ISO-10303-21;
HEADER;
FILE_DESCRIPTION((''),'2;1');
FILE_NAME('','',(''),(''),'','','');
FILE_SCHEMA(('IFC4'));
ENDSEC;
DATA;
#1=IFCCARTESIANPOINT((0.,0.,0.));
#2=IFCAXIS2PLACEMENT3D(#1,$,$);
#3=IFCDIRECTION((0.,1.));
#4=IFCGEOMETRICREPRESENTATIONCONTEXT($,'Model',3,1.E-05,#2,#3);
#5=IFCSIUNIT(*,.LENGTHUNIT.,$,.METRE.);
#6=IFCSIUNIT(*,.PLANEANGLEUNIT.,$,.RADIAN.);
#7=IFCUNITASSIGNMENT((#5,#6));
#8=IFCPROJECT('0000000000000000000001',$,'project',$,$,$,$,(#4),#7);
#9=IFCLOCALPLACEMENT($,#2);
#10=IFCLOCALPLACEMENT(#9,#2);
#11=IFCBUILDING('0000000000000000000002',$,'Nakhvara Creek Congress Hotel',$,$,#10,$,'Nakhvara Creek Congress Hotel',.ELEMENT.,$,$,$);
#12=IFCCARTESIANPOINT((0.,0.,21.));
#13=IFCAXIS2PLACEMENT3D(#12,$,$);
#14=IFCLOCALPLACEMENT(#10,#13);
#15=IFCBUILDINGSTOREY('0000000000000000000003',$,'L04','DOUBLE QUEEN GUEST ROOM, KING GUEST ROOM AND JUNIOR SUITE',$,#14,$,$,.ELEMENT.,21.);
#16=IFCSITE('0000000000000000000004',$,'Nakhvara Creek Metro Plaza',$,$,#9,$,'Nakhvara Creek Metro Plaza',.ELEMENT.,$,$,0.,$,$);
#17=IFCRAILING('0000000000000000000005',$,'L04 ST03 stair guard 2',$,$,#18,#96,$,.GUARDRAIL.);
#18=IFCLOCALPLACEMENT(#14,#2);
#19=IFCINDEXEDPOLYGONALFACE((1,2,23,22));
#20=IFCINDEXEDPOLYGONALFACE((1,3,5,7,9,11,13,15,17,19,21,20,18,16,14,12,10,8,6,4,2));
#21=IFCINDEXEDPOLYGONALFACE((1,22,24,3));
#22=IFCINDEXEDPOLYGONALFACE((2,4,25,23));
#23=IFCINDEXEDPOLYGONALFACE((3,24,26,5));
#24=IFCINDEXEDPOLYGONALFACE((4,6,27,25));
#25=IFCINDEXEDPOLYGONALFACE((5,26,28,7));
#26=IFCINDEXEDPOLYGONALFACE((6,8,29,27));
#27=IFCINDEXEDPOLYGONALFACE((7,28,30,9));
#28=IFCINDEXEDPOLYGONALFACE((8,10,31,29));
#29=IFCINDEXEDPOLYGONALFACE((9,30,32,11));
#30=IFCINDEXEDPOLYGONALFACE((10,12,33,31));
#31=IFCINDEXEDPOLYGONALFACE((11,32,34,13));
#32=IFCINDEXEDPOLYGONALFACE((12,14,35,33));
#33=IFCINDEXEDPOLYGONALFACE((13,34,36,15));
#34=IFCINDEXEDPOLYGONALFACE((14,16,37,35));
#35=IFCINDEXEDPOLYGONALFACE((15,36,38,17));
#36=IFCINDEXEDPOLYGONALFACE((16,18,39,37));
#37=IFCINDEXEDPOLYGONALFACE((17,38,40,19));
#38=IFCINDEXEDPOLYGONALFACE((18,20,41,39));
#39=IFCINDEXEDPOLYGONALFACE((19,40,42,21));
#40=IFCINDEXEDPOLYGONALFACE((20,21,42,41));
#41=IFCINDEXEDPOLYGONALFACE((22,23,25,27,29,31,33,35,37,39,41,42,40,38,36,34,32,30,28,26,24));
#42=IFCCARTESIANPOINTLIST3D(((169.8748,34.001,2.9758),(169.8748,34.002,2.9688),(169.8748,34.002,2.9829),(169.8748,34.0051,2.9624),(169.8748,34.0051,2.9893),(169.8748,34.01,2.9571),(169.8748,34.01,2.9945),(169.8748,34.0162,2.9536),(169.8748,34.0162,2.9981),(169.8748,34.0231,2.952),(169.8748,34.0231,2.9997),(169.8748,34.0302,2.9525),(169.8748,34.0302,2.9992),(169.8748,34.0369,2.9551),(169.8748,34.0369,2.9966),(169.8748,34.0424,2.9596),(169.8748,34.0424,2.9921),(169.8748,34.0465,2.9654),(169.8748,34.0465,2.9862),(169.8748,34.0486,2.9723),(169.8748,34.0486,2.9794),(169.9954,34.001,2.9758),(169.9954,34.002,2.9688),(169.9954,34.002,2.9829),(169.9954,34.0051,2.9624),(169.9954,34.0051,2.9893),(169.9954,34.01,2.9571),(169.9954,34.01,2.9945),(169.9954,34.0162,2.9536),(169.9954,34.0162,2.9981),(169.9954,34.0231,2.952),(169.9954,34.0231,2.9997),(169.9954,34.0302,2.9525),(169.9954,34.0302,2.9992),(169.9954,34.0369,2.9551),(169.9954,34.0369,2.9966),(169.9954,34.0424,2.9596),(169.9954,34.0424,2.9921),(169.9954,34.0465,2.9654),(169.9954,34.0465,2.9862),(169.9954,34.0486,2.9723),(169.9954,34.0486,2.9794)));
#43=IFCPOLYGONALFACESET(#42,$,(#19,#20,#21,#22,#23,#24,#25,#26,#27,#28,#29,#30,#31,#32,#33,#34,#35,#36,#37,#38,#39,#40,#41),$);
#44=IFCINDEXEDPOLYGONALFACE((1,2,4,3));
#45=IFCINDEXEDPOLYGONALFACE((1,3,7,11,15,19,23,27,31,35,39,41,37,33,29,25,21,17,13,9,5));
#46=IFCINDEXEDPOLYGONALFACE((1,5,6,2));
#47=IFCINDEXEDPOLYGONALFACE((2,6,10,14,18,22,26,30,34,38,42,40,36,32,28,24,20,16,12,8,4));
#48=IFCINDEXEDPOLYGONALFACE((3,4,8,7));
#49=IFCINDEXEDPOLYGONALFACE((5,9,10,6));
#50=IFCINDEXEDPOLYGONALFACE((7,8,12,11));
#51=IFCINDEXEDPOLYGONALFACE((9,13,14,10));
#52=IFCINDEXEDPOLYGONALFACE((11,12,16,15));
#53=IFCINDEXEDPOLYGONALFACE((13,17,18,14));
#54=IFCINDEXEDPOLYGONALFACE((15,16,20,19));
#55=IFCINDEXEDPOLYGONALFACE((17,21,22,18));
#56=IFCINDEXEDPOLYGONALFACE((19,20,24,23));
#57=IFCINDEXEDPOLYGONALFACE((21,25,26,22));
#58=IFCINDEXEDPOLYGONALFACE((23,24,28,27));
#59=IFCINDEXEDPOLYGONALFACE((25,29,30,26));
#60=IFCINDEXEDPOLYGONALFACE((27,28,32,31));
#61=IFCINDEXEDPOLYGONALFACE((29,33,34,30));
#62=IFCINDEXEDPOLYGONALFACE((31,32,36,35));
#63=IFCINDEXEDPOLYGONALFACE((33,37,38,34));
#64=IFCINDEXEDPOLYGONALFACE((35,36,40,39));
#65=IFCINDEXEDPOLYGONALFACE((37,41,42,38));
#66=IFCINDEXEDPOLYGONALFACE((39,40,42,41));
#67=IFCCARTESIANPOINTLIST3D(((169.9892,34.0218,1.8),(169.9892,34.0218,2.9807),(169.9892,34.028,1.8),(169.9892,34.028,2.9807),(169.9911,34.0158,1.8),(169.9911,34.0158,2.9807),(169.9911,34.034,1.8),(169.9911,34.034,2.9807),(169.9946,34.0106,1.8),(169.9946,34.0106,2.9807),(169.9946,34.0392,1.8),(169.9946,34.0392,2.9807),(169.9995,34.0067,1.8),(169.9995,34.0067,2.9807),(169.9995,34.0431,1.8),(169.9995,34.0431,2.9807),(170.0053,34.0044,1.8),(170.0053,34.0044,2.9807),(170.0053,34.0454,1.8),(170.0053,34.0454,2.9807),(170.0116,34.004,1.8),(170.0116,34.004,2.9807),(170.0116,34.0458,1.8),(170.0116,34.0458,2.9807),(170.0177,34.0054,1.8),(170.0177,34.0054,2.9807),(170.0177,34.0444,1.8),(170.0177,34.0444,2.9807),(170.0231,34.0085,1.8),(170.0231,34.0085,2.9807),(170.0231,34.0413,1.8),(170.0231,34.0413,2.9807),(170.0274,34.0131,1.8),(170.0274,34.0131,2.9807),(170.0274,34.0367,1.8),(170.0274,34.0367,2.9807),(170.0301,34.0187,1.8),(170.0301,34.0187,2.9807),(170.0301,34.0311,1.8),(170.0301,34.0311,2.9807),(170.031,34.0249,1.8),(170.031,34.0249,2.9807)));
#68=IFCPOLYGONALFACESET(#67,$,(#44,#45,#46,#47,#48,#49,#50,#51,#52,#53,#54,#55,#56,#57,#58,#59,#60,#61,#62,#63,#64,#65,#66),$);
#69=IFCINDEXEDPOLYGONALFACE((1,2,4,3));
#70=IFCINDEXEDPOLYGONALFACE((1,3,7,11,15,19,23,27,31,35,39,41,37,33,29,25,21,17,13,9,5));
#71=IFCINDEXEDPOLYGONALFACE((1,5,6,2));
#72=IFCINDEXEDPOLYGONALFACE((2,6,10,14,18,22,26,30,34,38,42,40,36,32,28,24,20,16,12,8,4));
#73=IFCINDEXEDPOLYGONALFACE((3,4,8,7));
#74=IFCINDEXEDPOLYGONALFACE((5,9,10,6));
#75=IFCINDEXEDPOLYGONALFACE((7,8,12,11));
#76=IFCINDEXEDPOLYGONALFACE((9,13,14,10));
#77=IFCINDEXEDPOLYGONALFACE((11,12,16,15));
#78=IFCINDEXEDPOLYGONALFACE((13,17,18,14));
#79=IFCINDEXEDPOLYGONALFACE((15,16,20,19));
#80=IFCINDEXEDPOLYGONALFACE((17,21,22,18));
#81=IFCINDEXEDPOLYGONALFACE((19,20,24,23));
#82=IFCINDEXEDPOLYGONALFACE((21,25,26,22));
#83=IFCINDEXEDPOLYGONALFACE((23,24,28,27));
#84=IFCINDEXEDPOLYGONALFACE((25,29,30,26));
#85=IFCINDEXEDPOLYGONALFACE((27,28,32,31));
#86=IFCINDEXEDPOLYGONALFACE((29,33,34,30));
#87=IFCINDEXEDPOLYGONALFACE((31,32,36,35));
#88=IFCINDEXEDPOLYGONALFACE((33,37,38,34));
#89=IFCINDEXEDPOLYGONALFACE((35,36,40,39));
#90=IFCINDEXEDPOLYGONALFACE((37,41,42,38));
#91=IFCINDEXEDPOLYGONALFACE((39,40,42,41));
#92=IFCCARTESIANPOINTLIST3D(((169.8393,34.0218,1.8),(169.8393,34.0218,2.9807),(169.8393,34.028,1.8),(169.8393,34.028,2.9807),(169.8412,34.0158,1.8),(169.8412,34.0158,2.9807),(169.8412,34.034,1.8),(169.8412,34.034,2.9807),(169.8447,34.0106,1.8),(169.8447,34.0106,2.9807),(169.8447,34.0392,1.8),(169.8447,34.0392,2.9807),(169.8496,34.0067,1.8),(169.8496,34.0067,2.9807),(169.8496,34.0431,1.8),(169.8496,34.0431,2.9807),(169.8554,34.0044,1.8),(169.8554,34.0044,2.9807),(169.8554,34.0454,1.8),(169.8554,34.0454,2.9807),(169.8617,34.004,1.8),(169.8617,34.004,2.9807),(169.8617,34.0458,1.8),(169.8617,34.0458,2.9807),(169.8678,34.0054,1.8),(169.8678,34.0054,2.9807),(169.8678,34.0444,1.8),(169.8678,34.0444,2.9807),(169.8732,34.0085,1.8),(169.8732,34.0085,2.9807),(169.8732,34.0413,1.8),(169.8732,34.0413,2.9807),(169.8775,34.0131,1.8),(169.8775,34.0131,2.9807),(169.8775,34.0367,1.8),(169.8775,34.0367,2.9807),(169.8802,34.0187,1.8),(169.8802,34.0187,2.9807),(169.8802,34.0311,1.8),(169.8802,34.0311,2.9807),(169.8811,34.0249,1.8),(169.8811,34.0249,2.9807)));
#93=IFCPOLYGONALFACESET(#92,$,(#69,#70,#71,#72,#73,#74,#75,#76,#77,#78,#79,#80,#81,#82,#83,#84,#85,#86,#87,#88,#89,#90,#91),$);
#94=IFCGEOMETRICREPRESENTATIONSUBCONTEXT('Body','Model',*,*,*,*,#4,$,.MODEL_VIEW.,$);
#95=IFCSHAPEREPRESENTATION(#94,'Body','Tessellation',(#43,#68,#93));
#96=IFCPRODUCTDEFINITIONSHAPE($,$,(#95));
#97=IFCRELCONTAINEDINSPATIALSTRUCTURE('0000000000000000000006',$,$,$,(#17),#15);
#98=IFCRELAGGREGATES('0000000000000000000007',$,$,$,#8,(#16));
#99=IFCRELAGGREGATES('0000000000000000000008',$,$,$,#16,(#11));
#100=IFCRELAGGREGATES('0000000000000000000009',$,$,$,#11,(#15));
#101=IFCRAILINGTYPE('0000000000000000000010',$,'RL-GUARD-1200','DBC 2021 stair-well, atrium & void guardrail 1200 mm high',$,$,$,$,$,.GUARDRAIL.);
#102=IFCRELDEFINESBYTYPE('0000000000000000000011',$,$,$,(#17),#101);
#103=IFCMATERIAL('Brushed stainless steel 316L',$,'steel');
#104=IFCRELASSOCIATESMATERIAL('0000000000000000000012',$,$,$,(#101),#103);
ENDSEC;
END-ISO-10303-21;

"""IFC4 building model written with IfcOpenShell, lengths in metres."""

from ifc_helpers import new_model, si_unit, direction, frame, origin, origin_2d, place, context, subcontext, project, spatial, circle, extrude, material, type_object, element, save


model = new_model("IFC4")

# Units and contexts
model_context = context("Model", 3, precision=1e-05, world=origin(), true_north=direction((0.0, 1.0)))
body_context = subcontext(model_context, "Body", "Model", "MODEL_VIEW")
ifc_project = project(units=[si_unit("LENGTHUNIT", "METRE"), si_unit("PLANEANGLEUNIT", "RADIAN")], contexts=[model_context])

# Site, building, storey
site_placement = place(None, origin())
site = spatial("IfcSite", under=ifc_project, at=site_placement, Name="Nakhvara Creek Metro Plaza", LongName="Nakhvara Creek Metro Plaza", CompositionType="ELEMENT", RefElevation=0.0)
building_placement = place(site_placement, origin())
building = spatial("IfcBuilding", under=site, at=building_placement, Name="Nakhvara Creek Congress Hotel", LongName="Nakhvara Creek Congress Hotel", CompositionType="ELEMENT")
storey_placement = place(building_placement, frame((0.0, 0.0, 21.0)))
storey = spatial("IfcBuildingStorey", under=building, at=storey_placement, Name="L04", Description="DOUBLE QUEEN GUEST ROOM, KING GUEST ROOM AND JUNIOR SUITE", CompositionType="ELEMENT", Elevation=21.0)

# Railing
ifc_material_1 = material(Name="Brushed stainless steel 316L", Category="steel")
railing_type_1 = type_object("IfcRailingType", Name="RL-GUARD-1200", Description="DBC 2021 stair-well, atrium & void guardrail 1200 mm high", PredefinedType="GUARDRAIL", material=ifc_material_1)
railing_1_placement = place(storey_placement, frame((170.01, 34.0249, 1.8)))
element("IfcRailing", 1, at=railing_1_placement, inside=storey, type_object=railing_type_1, Name="L04 ST03 stair guard 2", PredefinedType="GUARDRAIL", context=body_context, shape_type="SweptSolid", body=[
    extrude(circle(Radius=0.0239, at=origin_2d()), frame((-0.0146, 0.0, 1.1758), z_axis=(-1.0, 0.0, 0.0), x_axis=(0.0, -1.0, 0.0)), (0.0, 0.0, 1.0), 0.1206),
    extrude(circle(Radius=0.021, at=origin_2d()), origin(), (0.0, 0.0, 1.0), 1.1807),
    extrude(circle(Radius=0.021, at=origin_2d()), frame((-0.1499, 0.0, 0.0)), (0.0, 0.0, 1.0), 1.1807),
])

save(model, "model.ifc")
